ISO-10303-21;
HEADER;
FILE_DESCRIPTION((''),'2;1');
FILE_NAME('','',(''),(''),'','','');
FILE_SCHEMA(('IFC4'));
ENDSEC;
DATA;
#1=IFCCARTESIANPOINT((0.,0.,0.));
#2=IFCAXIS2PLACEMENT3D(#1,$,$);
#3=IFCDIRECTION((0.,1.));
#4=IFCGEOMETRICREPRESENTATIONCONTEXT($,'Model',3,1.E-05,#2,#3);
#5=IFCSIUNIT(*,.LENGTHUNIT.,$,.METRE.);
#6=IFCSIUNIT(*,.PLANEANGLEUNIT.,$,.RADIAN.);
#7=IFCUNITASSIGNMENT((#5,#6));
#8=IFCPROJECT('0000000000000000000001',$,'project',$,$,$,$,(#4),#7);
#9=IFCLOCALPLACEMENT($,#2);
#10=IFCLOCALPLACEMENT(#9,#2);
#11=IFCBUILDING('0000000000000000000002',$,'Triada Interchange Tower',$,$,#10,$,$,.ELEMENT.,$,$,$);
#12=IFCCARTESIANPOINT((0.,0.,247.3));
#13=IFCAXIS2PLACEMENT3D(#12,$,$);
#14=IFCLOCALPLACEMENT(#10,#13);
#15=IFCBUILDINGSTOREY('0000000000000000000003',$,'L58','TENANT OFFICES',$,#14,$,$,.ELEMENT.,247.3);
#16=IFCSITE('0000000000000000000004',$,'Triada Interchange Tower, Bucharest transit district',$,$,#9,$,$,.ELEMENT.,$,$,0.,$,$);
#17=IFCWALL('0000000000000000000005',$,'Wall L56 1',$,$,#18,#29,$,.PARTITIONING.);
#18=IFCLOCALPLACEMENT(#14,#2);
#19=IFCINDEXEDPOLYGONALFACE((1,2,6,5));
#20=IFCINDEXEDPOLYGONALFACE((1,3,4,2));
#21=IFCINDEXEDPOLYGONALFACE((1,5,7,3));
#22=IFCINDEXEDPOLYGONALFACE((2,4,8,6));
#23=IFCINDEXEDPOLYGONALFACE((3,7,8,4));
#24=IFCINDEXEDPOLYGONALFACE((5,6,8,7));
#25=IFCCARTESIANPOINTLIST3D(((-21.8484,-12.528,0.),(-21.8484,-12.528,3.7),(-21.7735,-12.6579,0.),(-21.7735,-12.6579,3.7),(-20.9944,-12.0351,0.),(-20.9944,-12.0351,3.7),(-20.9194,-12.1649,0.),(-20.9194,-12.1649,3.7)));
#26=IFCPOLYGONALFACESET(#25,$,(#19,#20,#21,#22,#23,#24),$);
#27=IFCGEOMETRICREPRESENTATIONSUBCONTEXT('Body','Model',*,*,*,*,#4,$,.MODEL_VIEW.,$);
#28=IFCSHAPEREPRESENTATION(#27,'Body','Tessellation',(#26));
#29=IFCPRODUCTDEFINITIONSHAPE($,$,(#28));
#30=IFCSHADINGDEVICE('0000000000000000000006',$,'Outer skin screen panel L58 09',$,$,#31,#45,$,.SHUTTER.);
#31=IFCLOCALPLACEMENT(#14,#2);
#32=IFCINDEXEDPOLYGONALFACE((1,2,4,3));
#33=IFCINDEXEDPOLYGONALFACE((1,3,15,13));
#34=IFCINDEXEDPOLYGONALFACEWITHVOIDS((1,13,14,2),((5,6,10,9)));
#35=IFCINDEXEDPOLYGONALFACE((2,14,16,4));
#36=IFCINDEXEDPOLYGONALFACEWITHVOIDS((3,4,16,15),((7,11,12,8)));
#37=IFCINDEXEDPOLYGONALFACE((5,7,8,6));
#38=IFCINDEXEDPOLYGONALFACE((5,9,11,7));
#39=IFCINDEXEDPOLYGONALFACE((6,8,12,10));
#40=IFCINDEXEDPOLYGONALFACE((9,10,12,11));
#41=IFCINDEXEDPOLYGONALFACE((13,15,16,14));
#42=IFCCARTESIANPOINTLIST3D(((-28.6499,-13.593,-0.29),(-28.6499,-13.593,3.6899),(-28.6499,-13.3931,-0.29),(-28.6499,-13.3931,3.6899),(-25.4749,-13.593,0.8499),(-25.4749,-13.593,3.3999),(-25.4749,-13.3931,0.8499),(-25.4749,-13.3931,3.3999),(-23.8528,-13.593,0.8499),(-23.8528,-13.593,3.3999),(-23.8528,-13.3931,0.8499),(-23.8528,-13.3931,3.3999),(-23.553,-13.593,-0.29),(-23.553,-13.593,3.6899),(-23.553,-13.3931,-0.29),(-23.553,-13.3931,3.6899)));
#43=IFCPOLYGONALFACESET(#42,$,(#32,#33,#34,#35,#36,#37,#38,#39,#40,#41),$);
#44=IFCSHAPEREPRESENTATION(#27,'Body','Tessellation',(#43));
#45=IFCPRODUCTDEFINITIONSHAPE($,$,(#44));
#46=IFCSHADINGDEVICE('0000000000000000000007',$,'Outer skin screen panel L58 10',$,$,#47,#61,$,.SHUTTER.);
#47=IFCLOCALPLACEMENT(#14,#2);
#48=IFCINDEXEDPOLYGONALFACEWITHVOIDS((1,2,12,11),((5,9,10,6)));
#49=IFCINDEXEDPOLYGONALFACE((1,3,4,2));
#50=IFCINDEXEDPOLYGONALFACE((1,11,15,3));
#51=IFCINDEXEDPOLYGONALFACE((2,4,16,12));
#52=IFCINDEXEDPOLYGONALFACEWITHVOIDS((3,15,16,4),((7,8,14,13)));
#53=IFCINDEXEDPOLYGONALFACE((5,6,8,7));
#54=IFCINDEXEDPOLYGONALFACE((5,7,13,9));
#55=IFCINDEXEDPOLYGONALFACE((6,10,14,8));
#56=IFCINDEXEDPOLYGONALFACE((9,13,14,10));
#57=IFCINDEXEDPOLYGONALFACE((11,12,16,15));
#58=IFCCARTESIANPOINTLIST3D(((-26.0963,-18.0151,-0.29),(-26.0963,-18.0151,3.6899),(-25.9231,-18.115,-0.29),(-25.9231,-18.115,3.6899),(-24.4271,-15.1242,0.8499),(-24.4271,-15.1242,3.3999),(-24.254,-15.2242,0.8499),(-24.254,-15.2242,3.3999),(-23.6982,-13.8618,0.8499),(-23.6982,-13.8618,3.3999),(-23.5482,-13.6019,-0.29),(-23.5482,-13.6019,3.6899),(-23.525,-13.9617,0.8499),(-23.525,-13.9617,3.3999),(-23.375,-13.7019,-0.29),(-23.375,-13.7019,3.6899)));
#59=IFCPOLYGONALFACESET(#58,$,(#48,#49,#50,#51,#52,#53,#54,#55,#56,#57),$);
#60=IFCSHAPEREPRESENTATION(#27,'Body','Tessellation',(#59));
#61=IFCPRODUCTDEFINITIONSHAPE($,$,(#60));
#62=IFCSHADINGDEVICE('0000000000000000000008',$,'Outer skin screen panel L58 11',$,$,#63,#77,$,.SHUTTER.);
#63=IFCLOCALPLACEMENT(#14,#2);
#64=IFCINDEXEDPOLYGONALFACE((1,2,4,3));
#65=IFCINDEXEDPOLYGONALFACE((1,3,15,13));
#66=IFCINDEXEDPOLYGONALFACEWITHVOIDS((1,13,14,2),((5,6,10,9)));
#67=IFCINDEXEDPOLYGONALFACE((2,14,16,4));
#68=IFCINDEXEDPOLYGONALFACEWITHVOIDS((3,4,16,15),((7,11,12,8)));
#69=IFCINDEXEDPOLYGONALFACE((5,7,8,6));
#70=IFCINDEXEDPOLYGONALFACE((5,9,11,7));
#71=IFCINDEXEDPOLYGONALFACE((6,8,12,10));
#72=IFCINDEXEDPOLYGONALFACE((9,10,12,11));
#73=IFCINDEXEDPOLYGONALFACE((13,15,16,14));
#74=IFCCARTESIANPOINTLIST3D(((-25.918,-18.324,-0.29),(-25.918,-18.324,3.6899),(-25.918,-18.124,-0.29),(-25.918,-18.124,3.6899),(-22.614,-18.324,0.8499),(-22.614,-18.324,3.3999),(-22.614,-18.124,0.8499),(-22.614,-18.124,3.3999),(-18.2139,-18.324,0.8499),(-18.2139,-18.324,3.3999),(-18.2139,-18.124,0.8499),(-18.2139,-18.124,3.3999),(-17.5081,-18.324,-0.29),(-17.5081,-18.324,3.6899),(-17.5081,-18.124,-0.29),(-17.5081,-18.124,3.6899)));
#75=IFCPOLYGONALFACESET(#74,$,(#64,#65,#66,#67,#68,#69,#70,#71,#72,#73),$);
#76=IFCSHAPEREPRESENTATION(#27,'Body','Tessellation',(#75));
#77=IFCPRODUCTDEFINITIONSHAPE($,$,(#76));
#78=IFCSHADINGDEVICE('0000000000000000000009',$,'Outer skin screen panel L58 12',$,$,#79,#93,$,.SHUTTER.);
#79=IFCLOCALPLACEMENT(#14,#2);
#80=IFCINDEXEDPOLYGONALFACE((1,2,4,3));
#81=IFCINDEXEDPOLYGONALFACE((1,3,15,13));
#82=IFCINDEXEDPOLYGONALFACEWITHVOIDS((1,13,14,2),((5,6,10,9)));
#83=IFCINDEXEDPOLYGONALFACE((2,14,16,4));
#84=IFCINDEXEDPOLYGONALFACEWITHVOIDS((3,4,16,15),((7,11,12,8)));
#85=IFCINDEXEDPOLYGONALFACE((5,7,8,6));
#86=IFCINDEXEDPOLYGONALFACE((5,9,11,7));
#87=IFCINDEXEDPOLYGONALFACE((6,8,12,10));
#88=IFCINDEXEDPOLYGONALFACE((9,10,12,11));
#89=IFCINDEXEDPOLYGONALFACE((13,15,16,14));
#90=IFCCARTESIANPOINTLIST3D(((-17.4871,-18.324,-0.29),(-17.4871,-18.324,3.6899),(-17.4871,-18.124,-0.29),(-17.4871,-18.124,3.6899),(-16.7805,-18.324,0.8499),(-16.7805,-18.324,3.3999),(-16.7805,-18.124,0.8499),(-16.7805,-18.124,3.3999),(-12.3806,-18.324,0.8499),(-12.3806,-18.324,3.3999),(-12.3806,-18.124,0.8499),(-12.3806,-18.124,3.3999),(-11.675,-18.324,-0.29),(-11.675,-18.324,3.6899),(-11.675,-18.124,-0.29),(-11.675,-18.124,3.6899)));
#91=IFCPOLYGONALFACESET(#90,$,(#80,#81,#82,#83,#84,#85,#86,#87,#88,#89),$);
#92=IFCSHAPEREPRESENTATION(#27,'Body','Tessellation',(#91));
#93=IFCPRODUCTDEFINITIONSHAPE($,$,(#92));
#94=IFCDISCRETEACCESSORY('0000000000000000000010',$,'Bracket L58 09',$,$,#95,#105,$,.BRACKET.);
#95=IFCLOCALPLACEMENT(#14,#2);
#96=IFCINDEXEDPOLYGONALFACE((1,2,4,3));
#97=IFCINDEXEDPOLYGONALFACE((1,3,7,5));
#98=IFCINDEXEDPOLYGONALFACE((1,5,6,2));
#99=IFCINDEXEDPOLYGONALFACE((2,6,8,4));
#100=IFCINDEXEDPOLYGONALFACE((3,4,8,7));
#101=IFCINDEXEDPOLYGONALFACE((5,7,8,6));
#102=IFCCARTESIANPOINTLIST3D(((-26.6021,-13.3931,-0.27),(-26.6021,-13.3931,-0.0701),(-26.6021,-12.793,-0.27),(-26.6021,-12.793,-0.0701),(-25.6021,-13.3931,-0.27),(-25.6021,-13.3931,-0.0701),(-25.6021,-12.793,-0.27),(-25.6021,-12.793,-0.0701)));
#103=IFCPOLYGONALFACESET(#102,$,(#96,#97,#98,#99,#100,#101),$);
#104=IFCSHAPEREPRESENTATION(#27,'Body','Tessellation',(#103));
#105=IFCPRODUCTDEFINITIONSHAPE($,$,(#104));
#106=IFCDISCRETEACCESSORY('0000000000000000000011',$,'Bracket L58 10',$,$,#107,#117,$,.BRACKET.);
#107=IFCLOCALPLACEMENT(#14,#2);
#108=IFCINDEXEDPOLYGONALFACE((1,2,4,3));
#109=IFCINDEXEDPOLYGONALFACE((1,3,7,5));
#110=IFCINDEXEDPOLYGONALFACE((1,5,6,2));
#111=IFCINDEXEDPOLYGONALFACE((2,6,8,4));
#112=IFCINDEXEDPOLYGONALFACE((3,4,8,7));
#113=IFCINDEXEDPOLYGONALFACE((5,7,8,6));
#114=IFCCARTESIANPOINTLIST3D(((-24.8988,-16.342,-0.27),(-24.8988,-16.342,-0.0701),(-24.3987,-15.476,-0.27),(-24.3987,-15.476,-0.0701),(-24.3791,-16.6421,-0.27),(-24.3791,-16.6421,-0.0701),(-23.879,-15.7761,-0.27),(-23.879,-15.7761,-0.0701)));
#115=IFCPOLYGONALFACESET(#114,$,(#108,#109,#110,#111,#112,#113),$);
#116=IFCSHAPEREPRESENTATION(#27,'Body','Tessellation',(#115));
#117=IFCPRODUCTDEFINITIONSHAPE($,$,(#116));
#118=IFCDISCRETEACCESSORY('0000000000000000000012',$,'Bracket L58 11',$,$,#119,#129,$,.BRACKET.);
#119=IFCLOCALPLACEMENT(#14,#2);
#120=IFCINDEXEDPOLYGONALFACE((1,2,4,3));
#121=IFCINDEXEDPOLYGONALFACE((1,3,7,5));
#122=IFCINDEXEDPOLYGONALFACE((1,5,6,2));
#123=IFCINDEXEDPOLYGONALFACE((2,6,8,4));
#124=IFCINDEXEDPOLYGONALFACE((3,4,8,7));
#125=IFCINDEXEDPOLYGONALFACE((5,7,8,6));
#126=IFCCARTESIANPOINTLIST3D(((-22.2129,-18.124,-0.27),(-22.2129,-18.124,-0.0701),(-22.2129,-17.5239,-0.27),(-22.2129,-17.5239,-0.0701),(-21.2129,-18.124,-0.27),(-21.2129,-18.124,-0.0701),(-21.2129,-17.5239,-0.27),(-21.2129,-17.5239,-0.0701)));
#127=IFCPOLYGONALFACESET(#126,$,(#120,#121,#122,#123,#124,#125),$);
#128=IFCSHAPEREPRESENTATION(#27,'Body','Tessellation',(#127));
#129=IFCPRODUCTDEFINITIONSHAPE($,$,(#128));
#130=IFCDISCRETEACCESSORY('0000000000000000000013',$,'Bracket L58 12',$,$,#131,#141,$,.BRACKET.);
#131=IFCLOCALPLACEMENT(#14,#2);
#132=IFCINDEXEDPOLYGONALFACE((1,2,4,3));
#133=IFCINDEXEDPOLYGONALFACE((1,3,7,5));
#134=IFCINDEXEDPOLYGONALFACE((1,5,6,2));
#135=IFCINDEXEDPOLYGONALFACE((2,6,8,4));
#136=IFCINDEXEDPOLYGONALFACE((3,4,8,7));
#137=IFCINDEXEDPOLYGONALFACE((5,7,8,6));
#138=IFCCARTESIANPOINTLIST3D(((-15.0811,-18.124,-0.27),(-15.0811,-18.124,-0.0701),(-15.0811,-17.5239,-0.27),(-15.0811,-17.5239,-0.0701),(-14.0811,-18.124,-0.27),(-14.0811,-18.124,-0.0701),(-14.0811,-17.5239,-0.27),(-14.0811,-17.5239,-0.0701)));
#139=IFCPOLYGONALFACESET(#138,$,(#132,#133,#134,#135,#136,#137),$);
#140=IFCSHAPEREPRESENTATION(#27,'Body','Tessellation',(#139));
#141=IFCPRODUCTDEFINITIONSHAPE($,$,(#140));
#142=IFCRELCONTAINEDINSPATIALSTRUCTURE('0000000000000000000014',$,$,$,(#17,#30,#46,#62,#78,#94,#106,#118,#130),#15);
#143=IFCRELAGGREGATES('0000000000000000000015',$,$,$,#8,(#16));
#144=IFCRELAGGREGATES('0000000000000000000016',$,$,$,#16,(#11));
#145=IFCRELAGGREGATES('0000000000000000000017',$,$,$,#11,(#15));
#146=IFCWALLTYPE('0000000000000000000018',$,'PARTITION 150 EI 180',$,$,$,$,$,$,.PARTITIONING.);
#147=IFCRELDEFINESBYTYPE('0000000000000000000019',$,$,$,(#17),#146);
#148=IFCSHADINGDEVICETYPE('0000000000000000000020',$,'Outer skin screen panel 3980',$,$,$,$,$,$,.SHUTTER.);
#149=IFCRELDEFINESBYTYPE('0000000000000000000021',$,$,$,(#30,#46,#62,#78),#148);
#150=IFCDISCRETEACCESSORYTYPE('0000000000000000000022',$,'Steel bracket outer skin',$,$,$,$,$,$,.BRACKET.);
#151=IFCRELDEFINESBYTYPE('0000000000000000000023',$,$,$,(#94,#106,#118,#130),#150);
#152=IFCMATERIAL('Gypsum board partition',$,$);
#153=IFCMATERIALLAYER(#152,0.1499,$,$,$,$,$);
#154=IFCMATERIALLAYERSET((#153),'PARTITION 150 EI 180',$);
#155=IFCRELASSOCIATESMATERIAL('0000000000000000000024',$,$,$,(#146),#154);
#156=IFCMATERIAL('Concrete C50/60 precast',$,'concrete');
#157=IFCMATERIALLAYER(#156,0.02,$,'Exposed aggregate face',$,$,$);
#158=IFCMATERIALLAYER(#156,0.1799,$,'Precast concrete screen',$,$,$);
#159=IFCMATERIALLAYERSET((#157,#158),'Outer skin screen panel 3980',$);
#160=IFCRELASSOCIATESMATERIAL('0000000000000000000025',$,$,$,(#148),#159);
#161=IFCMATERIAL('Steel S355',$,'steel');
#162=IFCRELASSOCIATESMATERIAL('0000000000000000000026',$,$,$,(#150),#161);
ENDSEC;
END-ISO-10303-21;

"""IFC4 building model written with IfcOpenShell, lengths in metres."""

from ifc_helpers import new_model, si_unit, direction, frame, frame_2d, origin, origin_2d, place, context, subcontext, project, spatial, polyline, rectangle, outline, extrude, material, layer, layer_set, type_object, element, save


model = new_model("IFC4")

# Units and contexts
model_context = context("Model", 3, precision=1e-05, world=origin(), true_north=direction((0.0, 1.0)))
body_context = subcontext(model_context, "Body", "Model", "MODEL_VIEW")
ifc_project = project(units=[si_unit("LENGTHUNIT", "METRE"), si_unit("PLANEANGLEUNIT", "RADIAN")], contexts=[model_context])

# Site, building, storey
site_placement = place(None, origin())
site = spatial("IfcSite", under=ifc_project, at=site_placement, Name="Triada Interchange Tower, Bucharest transit district", CompositionType="ELEMENT", RefElevation=0.0)
building_placement = place(site_placement, origin())
building = spatial("IfcBuilding", under=site, at=building_placement, Name="Triada Interchange Tower", CompositionType="ELEMENT")
storey_placement = place(building_placement, frame((0.0, 0.0, 247.3)))
storey = spatial("IfcBuildingStorey", under=building, at=storey_placement, Name="L58", Description="TENANT OFFICES", CompositionType="ELEMENT", Elevation=247.3)

# Wall
ifc_material_1 = material(Name="Gypsum board partition")
ifc_layer_1 = layer(ifc_material_1, 0.1499)
ifc_layer_set_1 = layer_set([ifc_layer_1], Name="PARTITION 150 EI 180")
wall_type_1 = type_object("IfcWallType", Name="PARTITION 150 EI 180", PredefinedType="PARTITIONING", material=ifc_layer_set_1)
wall_1_placement = place(storey_placement, frame((-21.811, -12.593, 0.0), z_axis=(0.0, 0.0, 1.0), x_axis=(0.866087, 0.499894, 0.0)))
element("IfcWall", 1, at=wall_1_placement, inside=storey, type_object=wall_type_1, Name="Wall L56 1", PredefinedType="PARTITIONING", context=body_context, shape_type="SweptSolid", body=[
    extrude(rectangle(XDim=0.9861, YDim=0.1499, at=frame_2d((0.4932, 0.0))), origin(), (0.0, 0.0, 1.0), 3.7),
])

# Shading devices
ifc_material_2 = material(Name="Concrete C50/60 precast", Category="concrete")
ifc_layer_2 = layer(ifc_material_2, 0.02, Name="Exposed aggregate face")
ifc_layer_3 = layer(ifc_material_2, 0.1799, Name="Precast concrete screen")
ifc_layer_set_2 = layer_set([ifc_layer_2, ifc_layer_3], Name="Outer skin screen panel 3980")
shading_device_type = type_object("IfcShadingDeviceType", Name="Outer skin screen panel 3980", PredefinedType="SHUTTER", material=ifc_layer_set_2)
shading_device_1_placement = place(storey_placement, frame((-28.6499, -13.3931, -0.29), z_axis=(0.0, 0.0, 1.0), x_axis=(1.0, 0.0, 0.0)))
element("IfcShadingDevice", 2, at=shading_device_1_placement, inside=storey, type_object=shading_device_type, Name="Outer skin screen panel L58 09", PredefinedType="SHUTTER", context=body_context, shape_type="SweptSolid", body=[
    extrude(outline(polyline([(0.0, 0.0), (5.0969, 0.0), (5.0969, 3.98), (0.0, 3.98), (0.0, 0.0)]), holes=[polyline([(3.175, 1.1399), (3.175, 3.6899), (4.7971, 3.6899), (4.7971, 1.1399), (3.175, 1.1399)])]), frame((0.0, 0.0, 0.0), z_axis=(0.0, -1.0, 0.0), x_axis=(1.0, 0.0, 0.0)), (0.0, 0.0, 1.0), 0.2),
])
shading_device_2_placement = place(storey_placement, frame((-23.375, -13.7019, -0.29), z_axis=(0.0, 0.0, 1.0), x_axis=(-0.500029, -0.866008, 0.0)))
element("IfcShadingDevice", 3, at=shading_device_2_placement, inside=storey, type_object=shading_device_type, Name="Outer skin screen panel L58 10", PredefinedType="SHUTTER", context=body_context, shape_type="SweptSolid", body=[
    extrude(outline(polyline([(0.0, 0.0), (5.0959, 0.0), (5.0959, 3.98), (0.0, 3.98), (0.0, 0.0)]), holes=[polyline([(0.3, 1.1399), (0.3, 3.6899), (1.7578, 3.6899), (1.7578, 1.1399), (0.3, 1.1399)])]), frame((0.0, 0.0, 0.0), z_axis=(0.0, -1.0, 0.0), x_axis=(1.0, 0.0, 0.0)), (0.0, 0.0, 1.0), 0.2),
])
shading_device_3_placement = place(storey_placement, frame((-25.918, -18.124, -0.29), z_axis=(0.0, 0.0, 1.0), x_axis=(1.0, 0.0, 0.0)))
element("IfcShadingDevice", 4, at=shading_device_3_placement, inside=storey, type_object=shading_device_type, Name="Outer skin screen panel L58 11", PredefinedType="SHUTTER", context=body_context, shape_type="SweptSolid", body=[
    extrude(outline(polyline([(0.0, 0.0), (8.4099, 0.0), (8.4099, 3.98), (0.0, 3.98), (0.0, 0.0)]), holes=[polyline([(3.304, 1.1399), (3.304, 3.6899), (7.7041, 3.6899), (7.7041, 1.1399), (3.304, 1.1399)])]), frame((0.0, 0.0, 0.0), z_axis=(0.0, -1.0, 0.0), x_axis=(1.0, 0.0, 0.0)), (0.0, 0.0, 1.0), 0.2),
])
shading_device_4_placement = place(storey_placement, frame((-17.4871, -18.124, -0.29), z_axis=(0.0, 0.0, 1.0), x_axis=(1.0, 0.0, 0.0)))
element("IfcShadingDevice", 5, at=shading_device_4_placement, inside=storey, type_object=shading_device_type, Name="Outer skin screen panel L58 12", PredefinedType="SHUTTER", context=body_context, shape_type="SweptSolid", body=[
    extrude(outline(polyline([(0.0, 0.0), (5.812, 0.0), (5.812, 3.98), (0.0, 3.98), (0.0, 0.0)]), holes=[polyline([(0.7065, 1.1399), (0.7065, 3.6899), (5.1064, 3.6899), (5.1064, 1.1399), (0.7065, 1.1399)])]), frame((0.0, 0.0, 0.0), z_axis=(0.0, -1.0, 0.0), x_axis=(1.0, 0.0, 0.0)), (0.0, 0.0, 1.0), 0.2),
])

# Discrete accessories
ifc_material_3 = material(Name="Steel S355", Category="steel")
discrete_accessory_type = type_object("IfcDiscreteAccessoryType", Name="Steel bracket outer skin", PredefinedType="BRACKET", material=ifc_material_3)
for number, where, z_axis, x_axis, name in (
    (6, (-26.1021, -13.093, -0.27), (0.0, 0.0, 1.0), (0.0, -1.0, 0.0), "Bracket L58 09"),
    (7, (-24.3889, -16.0591, -0.27), (0.0, 0.0, 1.0), (-0.865981, 0.500076, 0.0), "Bracket L58 10"),
    (8, (-21.7129, -17.824, -0.27), (0.0, 0.0, 1.0), (0.0, -1.0, 0.0), "Bracket L58 11"),
    (9, (-14.5811, -17.824, -0.27), (0.0, 0.0, 1.0), (0.0, -1.0, 0.0), "Bracket L58 12"),
):
    element("IfcDiscreteAccessory", number, at=place(storey_placement, frame(where, z_axis=z_axis, x_axis=x_axis)), inside=storey, type_object=discrete_accessory_type, Name=name, PredefinedType="BRACKET", context=body_context, shape_type="SweptSolid", body=[
        extrude(rectangle(XDim=0.6001, YDim=1.0, at=origin_2d()), origin(), (0.0, 0.0, 1.0), 0.2),
    ])

save(model, "model.ifc")
